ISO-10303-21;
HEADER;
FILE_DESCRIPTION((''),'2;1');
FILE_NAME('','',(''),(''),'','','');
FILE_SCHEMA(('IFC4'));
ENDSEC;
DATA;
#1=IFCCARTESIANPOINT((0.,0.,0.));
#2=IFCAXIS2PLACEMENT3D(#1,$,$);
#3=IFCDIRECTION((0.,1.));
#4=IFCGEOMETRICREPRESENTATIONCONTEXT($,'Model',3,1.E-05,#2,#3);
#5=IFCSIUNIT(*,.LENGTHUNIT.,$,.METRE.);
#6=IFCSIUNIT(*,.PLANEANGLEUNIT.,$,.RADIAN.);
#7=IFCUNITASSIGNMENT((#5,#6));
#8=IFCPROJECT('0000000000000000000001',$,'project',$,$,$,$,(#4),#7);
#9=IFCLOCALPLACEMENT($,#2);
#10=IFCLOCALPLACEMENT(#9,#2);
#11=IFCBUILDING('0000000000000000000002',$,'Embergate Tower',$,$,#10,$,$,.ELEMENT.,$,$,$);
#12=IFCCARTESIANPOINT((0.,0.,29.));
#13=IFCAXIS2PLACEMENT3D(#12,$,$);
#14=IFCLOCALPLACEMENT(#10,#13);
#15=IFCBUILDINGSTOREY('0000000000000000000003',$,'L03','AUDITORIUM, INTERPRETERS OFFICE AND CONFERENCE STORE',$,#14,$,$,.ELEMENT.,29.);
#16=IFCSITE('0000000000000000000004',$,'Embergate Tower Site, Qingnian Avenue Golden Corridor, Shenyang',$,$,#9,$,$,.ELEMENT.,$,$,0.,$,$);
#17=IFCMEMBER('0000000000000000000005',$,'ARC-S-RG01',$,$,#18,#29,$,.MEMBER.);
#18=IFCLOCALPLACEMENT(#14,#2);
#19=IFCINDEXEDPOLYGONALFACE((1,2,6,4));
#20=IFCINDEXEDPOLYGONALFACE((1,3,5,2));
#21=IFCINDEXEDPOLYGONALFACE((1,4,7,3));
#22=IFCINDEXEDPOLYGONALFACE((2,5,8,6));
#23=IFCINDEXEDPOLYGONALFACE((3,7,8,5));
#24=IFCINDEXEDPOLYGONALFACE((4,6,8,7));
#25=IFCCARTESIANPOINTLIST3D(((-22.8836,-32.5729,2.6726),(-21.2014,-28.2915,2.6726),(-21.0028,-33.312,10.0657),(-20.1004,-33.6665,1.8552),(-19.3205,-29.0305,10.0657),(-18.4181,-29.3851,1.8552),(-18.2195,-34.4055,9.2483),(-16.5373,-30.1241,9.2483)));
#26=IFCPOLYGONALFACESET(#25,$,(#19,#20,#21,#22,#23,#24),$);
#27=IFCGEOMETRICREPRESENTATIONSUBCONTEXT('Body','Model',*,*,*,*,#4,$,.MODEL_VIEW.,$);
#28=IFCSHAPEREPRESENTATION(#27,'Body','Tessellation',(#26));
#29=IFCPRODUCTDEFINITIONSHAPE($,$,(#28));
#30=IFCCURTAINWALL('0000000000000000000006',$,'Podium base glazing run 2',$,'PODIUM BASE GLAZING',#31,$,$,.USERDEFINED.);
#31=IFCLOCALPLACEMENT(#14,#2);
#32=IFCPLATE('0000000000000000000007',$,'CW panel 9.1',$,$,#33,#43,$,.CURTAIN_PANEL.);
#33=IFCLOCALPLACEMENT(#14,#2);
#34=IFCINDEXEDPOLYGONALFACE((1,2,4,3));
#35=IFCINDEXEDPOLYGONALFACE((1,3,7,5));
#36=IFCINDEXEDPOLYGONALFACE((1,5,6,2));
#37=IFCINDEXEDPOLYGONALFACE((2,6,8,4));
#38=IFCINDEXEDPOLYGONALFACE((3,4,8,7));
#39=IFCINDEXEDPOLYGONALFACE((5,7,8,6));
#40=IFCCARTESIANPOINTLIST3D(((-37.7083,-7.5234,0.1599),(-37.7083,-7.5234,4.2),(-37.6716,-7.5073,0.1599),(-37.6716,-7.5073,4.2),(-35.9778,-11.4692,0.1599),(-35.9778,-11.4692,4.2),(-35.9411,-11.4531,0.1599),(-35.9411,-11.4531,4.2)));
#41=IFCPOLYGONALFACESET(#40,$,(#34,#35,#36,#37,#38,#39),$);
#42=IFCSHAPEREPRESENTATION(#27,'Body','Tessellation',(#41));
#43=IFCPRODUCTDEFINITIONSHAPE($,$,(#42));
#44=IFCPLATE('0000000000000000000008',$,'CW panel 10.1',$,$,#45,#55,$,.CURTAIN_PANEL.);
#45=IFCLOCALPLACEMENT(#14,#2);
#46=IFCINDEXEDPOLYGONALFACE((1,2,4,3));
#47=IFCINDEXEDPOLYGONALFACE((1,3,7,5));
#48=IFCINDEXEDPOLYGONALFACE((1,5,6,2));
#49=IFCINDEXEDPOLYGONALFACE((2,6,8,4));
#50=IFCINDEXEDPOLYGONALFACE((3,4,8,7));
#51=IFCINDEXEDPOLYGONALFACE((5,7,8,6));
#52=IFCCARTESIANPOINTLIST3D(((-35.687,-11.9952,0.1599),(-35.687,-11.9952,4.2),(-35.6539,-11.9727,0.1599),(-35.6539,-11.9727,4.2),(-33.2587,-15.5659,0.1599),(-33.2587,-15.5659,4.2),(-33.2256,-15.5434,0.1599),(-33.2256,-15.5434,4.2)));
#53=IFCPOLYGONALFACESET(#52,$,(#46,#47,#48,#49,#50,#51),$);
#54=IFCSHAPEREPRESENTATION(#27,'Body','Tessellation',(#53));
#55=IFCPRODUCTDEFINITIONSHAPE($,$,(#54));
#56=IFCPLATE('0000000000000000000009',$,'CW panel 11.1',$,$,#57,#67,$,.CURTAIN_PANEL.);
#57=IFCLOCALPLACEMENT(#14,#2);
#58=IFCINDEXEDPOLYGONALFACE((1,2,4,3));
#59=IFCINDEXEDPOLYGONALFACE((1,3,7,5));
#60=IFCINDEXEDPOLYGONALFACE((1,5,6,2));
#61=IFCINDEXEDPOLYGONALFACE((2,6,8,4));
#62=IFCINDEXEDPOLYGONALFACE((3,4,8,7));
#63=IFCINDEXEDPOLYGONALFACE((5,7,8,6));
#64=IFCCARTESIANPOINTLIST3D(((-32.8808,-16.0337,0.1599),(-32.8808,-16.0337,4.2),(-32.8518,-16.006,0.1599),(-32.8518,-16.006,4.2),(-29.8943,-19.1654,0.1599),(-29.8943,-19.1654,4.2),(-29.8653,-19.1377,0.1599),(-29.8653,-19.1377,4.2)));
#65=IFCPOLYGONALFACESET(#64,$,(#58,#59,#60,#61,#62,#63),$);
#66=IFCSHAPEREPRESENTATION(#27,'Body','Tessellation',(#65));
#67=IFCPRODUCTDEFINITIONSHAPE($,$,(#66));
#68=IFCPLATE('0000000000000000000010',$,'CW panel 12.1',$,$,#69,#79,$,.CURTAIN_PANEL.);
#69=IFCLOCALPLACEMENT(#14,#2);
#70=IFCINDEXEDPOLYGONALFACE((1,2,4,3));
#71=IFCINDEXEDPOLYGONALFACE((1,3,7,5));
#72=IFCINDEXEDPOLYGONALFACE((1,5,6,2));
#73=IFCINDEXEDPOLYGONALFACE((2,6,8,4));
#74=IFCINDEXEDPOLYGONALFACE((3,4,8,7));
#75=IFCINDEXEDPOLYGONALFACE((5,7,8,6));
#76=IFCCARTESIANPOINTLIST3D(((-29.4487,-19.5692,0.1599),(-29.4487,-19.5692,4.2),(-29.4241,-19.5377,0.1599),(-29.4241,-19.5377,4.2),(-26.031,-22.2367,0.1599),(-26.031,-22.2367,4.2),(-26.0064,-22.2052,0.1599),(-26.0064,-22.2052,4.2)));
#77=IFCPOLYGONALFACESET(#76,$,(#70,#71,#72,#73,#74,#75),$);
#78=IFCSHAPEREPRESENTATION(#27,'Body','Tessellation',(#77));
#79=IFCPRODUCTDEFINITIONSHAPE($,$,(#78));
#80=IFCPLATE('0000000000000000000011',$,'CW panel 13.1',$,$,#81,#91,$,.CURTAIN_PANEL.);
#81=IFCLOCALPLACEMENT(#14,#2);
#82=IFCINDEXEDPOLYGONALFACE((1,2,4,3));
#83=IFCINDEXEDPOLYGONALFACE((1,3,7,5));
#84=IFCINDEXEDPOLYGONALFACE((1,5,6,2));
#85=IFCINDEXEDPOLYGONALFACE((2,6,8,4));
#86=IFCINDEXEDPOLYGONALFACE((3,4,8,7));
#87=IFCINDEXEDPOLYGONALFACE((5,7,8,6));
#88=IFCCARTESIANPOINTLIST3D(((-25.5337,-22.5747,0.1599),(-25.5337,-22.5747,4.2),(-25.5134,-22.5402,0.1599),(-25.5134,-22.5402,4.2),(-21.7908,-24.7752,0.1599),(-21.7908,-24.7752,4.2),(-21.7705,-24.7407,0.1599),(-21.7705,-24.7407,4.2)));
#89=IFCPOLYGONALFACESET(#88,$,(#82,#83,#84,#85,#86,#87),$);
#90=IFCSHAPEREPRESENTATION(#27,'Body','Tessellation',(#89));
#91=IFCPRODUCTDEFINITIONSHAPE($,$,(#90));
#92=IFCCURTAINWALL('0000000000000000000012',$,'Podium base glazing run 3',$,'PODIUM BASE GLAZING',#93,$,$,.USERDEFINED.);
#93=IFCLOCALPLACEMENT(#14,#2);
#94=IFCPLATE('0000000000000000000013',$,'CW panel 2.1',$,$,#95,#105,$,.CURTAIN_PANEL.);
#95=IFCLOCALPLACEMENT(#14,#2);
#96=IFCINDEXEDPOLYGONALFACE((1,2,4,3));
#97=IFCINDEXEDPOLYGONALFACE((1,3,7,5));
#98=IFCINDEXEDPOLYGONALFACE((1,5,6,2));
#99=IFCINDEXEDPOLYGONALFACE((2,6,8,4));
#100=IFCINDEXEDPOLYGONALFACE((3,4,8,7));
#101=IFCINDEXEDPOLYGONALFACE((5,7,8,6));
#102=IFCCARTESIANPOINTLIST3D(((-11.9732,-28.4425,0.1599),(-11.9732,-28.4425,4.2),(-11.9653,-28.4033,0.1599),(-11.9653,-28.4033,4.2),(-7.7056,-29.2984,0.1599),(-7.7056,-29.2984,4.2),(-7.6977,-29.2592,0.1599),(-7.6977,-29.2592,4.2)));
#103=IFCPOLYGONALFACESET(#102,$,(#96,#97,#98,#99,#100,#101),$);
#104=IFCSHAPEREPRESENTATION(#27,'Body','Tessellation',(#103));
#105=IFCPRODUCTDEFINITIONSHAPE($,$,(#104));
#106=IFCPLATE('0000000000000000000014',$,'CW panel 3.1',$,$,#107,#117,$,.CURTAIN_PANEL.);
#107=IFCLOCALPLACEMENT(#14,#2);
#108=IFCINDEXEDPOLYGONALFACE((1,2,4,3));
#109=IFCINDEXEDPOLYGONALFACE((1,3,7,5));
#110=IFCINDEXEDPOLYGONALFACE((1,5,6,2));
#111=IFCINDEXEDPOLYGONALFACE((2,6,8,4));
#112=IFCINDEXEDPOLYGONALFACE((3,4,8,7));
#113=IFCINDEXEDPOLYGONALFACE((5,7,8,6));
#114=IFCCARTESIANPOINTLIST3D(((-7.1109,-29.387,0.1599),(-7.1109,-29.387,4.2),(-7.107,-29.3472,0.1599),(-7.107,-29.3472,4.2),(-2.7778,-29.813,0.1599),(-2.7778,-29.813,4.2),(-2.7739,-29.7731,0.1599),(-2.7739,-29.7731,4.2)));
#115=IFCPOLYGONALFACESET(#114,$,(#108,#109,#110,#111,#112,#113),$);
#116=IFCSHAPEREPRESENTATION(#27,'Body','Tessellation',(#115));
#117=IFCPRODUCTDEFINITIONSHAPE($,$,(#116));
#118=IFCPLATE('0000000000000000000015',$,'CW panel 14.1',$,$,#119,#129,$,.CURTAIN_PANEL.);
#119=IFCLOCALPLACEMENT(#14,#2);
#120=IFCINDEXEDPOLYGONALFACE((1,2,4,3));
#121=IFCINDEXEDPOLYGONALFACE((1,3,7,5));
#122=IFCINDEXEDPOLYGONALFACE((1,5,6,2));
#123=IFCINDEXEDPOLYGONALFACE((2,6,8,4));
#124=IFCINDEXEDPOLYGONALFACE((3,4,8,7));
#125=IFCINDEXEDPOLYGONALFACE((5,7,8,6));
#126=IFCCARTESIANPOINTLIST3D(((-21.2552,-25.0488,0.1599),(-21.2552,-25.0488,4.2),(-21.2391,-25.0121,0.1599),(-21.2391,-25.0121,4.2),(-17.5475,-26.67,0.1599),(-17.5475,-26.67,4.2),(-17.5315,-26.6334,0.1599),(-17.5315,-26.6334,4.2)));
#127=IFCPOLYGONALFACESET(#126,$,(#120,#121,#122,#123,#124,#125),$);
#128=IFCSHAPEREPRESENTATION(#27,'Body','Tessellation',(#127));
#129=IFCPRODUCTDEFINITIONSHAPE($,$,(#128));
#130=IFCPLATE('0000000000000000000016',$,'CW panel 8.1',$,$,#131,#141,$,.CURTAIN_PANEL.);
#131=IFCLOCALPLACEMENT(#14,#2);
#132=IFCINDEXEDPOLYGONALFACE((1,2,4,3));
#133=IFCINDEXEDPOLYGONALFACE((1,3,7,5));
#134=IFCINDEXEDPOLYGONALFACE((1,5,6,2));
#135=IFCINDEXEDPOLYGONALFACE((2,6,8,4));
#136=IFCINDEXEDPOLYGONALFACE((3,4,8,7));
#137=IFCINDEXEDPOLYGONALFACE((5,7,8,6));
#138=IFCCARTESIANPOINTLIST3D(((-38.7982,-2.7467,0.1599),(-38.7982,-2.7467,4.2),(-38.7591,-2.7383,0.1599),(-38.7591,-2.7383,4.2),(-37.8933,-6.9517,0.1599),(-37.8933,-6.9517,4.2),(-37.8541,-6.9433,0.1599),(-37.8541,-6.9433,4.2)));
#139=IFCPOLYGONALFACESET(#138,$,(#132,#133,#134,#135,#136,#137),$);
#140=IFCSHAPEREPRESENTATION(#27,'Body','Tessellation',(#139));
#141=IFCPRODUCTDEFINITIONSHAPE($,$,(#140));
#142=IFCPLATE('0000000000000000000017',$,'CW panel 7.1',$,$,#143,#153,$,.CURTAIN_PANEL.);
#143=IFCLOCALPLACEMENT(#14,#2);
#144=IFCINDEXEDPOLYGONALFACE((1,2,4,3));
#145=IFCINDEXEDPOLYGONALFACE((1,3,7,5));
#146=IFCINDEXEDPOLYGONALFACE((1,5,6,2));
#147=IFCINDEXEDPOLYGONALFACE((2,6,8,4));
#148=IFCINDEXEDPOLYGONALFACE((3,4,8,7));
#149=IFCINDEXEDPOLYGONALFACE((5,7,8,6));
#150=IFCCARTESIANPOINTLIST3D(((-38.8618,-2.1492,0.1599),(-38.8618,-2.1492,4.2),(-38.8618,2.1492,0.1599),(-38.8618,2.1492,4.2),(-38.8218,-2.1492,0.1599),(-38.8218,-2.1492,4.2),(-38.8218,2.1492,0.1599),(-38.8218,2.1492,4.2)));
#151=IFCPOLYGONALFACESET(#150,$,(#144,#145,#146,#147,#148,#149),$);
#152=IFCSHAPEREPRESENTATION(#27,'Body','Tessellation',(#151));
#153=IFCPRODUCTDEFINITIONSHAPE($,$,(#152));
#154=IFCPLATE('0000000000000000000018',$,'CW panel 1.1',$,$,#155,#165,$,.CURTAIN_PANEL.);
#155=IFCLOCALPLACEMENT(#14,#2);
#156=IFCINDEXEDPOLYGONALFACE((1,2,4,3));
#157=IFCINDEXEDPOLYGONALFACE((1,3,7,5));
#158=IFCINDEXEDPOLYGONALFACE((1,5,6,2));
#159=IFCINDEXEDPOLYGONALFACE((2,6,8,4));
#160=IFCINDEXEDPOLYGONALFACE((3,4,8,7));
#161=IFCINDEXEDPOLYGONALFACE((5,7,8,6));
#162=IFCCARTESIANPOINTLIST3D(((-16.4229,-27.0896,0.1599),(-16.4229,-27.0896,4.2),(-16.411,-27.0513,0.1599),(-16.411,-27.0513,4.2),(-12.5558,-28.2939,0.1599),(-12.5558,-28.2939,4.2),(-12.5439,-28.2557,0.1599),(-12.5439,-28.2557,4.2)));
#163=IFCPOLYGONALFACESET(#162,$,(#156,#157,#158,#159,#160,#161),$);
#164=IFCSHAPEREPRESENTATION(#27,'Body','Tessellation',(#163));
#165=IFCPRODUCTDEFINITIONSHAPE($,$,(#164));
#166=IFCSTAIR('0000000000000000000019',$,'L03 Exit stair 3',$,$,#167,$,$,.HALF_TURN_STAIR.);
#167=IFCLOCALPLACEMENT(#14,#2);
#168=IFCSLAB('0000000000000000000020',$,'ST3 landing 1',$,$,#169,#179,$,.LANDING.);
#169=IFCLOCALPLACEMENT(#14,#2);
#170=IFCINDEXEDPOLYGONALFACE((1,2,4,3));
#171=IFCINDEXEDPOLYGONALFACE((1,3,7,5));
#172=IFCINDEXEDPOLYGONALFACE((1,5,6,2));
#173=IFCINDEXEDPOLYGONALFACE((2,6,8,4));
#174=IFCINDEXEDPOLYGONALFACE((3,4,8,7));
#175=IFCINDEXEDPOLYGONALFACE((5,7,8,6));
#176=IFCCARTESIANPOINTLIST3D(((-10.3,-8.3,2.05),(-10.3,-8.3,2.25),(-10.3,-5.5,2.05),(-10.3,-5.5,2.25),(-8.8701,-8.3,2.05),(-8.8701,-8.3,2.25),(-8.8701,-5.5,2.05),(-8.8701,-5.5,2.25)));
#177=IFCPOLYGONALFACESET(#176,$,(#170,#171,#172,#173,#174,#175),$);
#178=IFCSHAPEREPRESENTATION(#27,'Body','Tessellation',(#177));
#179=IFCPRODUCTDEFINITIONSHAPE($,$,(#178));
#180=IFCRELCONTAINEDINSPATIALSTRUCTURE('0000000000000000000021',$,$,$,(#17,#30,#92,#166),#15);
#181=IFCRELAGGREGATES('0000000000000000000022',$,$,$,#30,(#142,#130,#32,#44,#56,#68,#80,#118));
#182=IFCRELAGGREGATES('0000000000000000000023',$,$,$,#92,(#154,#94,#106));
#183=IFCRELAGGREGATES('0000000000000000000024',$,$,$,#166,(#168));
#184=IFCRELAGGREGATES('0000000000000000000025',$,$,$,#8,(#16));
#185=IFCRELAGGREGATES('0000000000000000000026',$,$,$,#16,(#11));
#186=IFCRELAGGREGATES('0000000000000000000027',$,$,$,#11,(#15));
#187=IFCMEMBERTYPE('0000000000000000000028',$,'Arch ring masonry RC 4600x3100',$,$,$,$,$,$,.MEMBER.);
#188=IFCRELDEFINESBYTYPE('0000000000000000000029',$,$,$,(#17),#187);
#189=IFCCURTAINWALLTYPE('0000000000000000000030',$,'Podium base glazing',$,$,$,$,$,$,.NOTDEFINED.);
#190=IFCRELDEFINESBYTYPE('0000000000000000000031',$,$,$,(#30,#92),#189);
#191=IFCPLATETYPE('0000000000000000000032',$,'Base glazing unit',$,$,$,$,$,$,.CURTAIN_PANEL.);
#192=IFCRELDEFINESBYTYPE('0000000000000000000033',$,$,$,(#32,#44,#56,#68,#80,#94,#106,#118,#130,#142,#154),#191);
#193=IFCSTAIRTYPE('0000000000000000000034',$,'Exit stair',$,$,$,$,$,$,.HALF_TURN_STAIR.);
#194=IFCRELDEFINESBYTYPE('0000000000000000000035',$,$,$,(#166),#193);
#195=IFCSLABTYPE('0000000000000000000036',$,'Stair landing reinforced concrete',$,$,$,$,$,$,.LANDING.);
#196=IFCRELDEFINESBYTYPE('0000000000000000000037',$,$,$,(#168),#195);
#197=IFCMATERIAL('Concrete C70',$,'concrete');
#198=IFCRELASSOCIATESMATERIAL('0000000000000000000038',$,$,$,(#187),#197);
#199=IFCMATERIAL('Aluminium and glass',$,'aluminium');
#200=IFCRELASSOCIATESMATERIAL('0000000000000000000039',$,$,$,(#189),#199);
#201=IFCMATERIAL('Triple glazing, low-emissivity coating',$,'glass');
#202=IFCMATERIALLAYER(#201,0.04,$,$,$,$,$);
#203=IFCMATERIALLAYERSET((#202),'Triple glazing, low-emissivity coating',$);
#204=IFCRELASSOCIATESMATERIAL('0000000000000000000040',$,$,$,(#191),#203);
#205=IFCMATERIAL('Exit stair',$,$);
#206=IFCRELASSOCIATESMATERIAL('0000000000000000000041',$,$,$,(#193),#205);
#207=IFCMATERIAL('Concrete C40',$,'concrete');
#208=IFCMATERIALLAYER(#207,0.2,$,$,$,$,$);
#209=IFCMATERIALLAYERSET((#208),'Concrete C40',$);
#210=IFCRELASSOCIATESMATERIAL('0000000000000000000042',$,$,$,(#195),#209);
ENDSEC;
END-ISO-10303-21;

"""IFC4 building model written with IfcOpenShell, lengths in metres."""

from ifc_helpers import new_model, si_unit, direction, frame, origin, origin_2d, place, context, subcontext, project, spatial, polyline, rectangle, outline, extrude, source, transform, mapped, material, layer, layer_set, material_profile, profile_set, type_object, element, aggregate, save


model = new_model("IFC4")

# Units and contexts
model_context = context("Model", 3, precision=1e-05, world=origin(), true_north=direction((0.0, 1.0)))
body_context = subcontext(model_context, "Body", "Model", "MODEL_VIEW")
ifc_project = project(units=[si_unit("LENGTHUNIT", "METRE"), si_unit("PLANEANGLEUNIT", "RADIAN")], contexts=[model_context])

# Site, building, storey
site_placement = place(None, origin())
site = spatial("IfcSite", under=ifc_project, at=site_placement, Name="Embergate Tower Site, Qingnian Avenue Golden Corridor, Shenyang", CompositionType="ELEMENT", RefElevation=0.0)
building_placement = place(site_placement, origin())
building = spatial("IfcBuilding", under=site, at=building_placement, Name="Embergate Tower", CompositionType="ELEMENT")
storey_placement = place(building_placement, frame((0.0, 0.0, 29.0)))
storey = spatial("IfcBuildingStorey", under=building, at=storey_placement, Name="L03", Description="AUDITORIUM, INTERPRETERS OFFICE AND CONFERENCE STORE", CompositionType="ELEMENT", Elevation=29.0)

# Member
ifc_material_1 = material(Name="Concrete C70", Category="concrete")
ifc_material_profile = material_profile(ifc_material_1, rectangle(XDim=4.6001, YDim=3.1001, at=origin_2d()), Name="RC 4600x3100")
ifc_profile_set = profile_set([ifc_material_profile], Name="Concrete C70")
member_type = type_object("IfcMemberType", Name="Arch ring masonry RC 4600x3100", PredefinedType="MEMBER", material=ifc_profile_set)
shared_shape_1 = source(origin(), body_context, "Body", "SweptSolid", [
    extrude(rectangle(XDim=4.6001, YDim=3.1001, at=origin_2d()), origin(), (0.0, 0.0, 1.0), 7.6643),
])
member_placement = place(storey_placement, frame((-20.6509, -30.979, 2.2639), z_axis=(0.245406, -0.096423, 0.964613), x_axis=(0.365697, 0.930734, 0.0)))
element("IfcMember", 1, at=member_placement, inside=storey, type_object=member_type, Name="ARC-S-RG01", PredefinedType="MEMBER", context=body_context, shape_type="MappedRepresentation", body=[
    mapped(shared_shape_1, transform((0.0, 0.0, 0.0))),
])

# Curtain walls, plates
ifc_material_2 = material(Name="Aluminium and glass", Category="aluminium")
curtain_wall_type = type_object("IfcCurtainWallType", Name="Podium base glazing", PredefinedType="NOTDEFINED", material=ifc_material_2)
curtain_wall_1_placement = place(storey_placement, origin())
curtain_wall_1 = element("IfcCurtainWall", 2, at=curtain_wall_1_placement, inside=storey, type_object=curtain_wall_type, Name="Podium base glazing run 2", ObjectType="PODIUM BASE GLAZING", PredefinedType="USERDEFINED")
ifc_material_3 = material(Name="Triple glazing, low-emissivity coating", Category="glass")
ifc_layer_1 = layer(ifc_material_3, 0.04)
ifc_layer_set_1 = layer_set([ifc_layer_1], Name="Triple glazing, low-emissivity coating")
plate_type = type_object("IfcPlateType", Name="Base glazing unit", PredefinedType="CURTAIN_PANEL", material=ifc_layer_set_1)
shared_shape_2 = source(origin(), body_context, "Body", "SweptSolid", [
    extrude(rectangle(XDim=4.3086, YDim=0.04, at=origin_2d()), origin(), (0.0, 0.0, 1.0), 4.04),
])
plate_1_placement = place(storey_placement, frame((-36.8247, -9.4883, 0.1599), z_axis=(0.0, 0.0, 1.0), x_axis=(0.401644, -0.915796, 0.0)))
plate_1 = element("IfcPlate", 3, at=plate_1_placement, type_object=plate_type, Name="CW panel 9.1", PredefinedType="CURTAIN_PANEL", context=body_context, shape_type="MappedRepresentation", body=[
    mapped(shared_shape_2, transform((0.0, 0.0, 0.0))),
])
shared_shape_3 = source(origin(), body_context, "Body", "SweptSolid", [
    extrude(rectangle(XDim=4.3181, YDim=0.04, at=origin_2d()), origin(), (0.0, 0.0, 1.0), 4.04),
])
plate_2_placement = place(storey_placement, frame((-34.4563, -13.7693, 0.1599), z_axis=(0.0, 0.0, 1.0), x_axis=(0.562333, -0.826911, 0.0)))
plate_2 = element("IfcPlate", 4, at=plate_2_placement, type_object=plate_type, Name="CW panel 10.1", PredefinedType="CURTAIN_PANEL", context=body_context, shape_type="MappedRepresentation", body=[
    mapped(shared_shape_3, transform((0.0, 0.0, 0.0))),
])
shared_shape_4 = source(origin(), body_context, "Body", "SweptSolid", [
    extrude(rectangle(XDim=4.3274, YDim=0.04, at=origin_2d()), origin(), (0.0, 0.0, 1.0), 4.04),
])
plate_3_placement = place(storey_placement, frame((-31.373, -17.5857, 0.1599), z_axis=(0.0, 0.0, 1.0), x_axis=(0.690125, -0.72369, 0.0)))
plate_3 = element("IfcPlate", 5, at=plate_3_placement, type_object=plate_type, Name="CW panel 11.1", PredefinedType="CURTAIN_PANEL", context=body_context, shape_type="MappedRepresentation", body=[
    mapped(shared_shape_4, transform((0.0, 0.0, 0.0))),
])
shared_shape_5 = source(origin(), body_context, "Body", "SweptSolid", [
    extrude(rectangle(XDim=4.3354, YDim=0.04, at=origin_2d()), origin(), (0.0, 0.0, 1.0), 4.04),
])
plate_4_placement = place(storey_placement, frame((-27.7275, -20.8872, 0.1599), z_axis=(0.0, 0.0, 1.0), x_axis=(0.788313, -0.615275, 0.0)))
plate_4 = element("IfcPlate", 6, at=plate_4_placement, type_object=plate_type, Name="CW panel 12.1", PredefinedType="CURTAIN_PANEL", context=body_context, shape_type="MappedRepresentation", body=[
    mapped(shared_shape_5, transform((0.0, 0.0, 0.0))),
])
shared_shape_6 = source(origin(), body_context, "Body", "SweptSolid", [
    extrude(rectangle(XDim=4.3418, YDim=0.04, at=origin_2d()), origin(), (0.0, 0.0, 1.0), 4.04),
])
plate_5_placement = place(storey_placement, frame((-23.6521, -23.6577, 0.1599), z_axis=(0.0, 0.0, 1.0), x_axis=(0.862047, -0.506828, 0.0)))
plate_5 = element("IfcPlate", 7, at=plate_5_placement, type_object=plate_type, Name="CW panel 13.1", PredefinedType="CURTAIN_PANEL", context=body_context, shape_type="MappedRepresentation", body=[
    mapped(shared_shape_6, transform((0.0, 0.0, 0.0))),
])
curtain_wall_2_placement = place(storey_placement, origin())
curtain_wall_2 = element("IfcCurtainWall", 8, at=curtain_wall_2_placement, inside=storey, type_object=curtain_wall_type, Name="Podium base glazing run 3", ObjectType="PODIUM BASE GLAZING", PredefinedType="USERDEFINED")
shared_shape_7 = source(origin(), body_context, "Body", "SweptSolid", [
    extrude(rectangle(XDim=4.3525, YDim=0.04, at=origin_2d()), origin(), (0.0, 0.0, 1.0), 4.04),
])
plate_6_placement = place(storey_placement, frame((-9.8354, -28.8508, 0.1599), z_axis=(0.0, 0.0, 1.0), x_axis=(0.980475, -0.196644, 0.0)))
plate_6 = element("IfcPlate", 9, at=plate_6_placement, type_object=plate_type, Name="CW panel 2.1", PredefinedType="CURTAIN_PANEL", context=body_context, shape_type="MappedRepresentation", body=[
    mapped(shared_shape_7, transform((0.0, 0.0, 0.0))),
])
shared_shape_8 = source(origin(), body_context, "Body", "SweptSolid", [
    extrude(rectangle(XDim=4.354, YDim=0.04, at=origin_2d()), origin(), (0.0, 0.0, 1.0), 4.04),
])
plate_7_placement = place(storey_placement, frame((-4.9424, -29.5801, 0.1599), z_axis=(0.0, 0.0, 1.0), x_axis=(0.995203, -0.097831, 0.0)))
plate_7 = element("IfcPlate", 10, at=plate_7_placement, type_object=plate_type, Name="CW panel 3.1", PredefinedType="CURTAIN_PANEL", context=body_context, shape_type="MappedRepresentation", body=[
    mapped(shared_shape_8, transform((0.0, 0.0, 0.0))),
])

# Plates
shared_shape_9 = source(origin(), body_context, "Body", "SweptSolid", [
    extrude(rectangle(XDim=4.0466, YDim=0.04, at=origin_2d()), origin(), (0.0, 0.0, 1.0), 4.04),
])
plate_8_placement = place(storey_placement, frame((-19.3933, -25.8411, 0.1599), z_axis=(0.0, 0.0, 1.0), x_axis=(0.916232, -0.400648, 0.0)))
plate_8 = element("IfcPlate", 11, at=plate_8_placement, type_object=plate_type, Name="CW panel 14.1", PredefinedType="CURTAIN_PANEL", context=body_context, shape_type="MappedRepresentation", body=[
    mapped(shared_shape_9, transform((0.0, 0.0, 0.0))),
])
shared_shape_10 = source(origin(), body_context, "Body", "SweptSolid", [
    extrude(rectangle(XDim=4.3013, YDim=0.04, at=origin_2d()), origin(), (0.0, 0.0, 1.0), 4.04),
])
plate_9_placement = place(storey_placement, frame((-38.3262, -4.845, 0.1599), z_axis=(0.0, 0.0, 1.0), x_axis=(0.210393, -0.977617, 0.0)))
plate_9 = element("IfcPlate", 12, at=plate_9_placement, type_object=plate_type, Name="CW panel 8.1", PredefinedType="CURTAIN_PANEL", context=body_context, shape_type="MappedRepresentation", body=[
    mapped(shared_shape_10, transform((0.0, 0.0, 0.0))),
])
shared_shape_11 = source(origin(), body_context, "Body", "SweptSolid", [
    extrude(rectangle(XDim=4.2983, YDim=0.04, at=origin_2d()), origin(), (0.0, 0.0, 1.0), 4.04),
])
plate_10_placement = place(storey_placement, frame((-38.8418, 0.0, 0.1599), z_axis=(0.0, 0.0, 1.0), x_axis=(0.0, -1.0, 0.0)))
plate_10 = element("IfcPlate", 13, at=plate_10_placement, type_object=plate_type, Name="CW panel 7.1", PredefinedType="CURTAIN_PANEL", context=body_context, shape_type="MappedRepresentation", body=[
    mapped(shared_shape_11, transform((0.0, 0.0, 0.0))),
])
aggregate(curtain_wall_1, [plate_10, plate_9, plate_1, plate_2, plate_3, plate_4, plate_5, plate_8])
shared_shape_12 = source(origin(), body_context, "Body", "SweptSolid", [
    extrude(rectangle(XDim=4.0503, YDim=0.04, at=origin_2d()), origin(), (0.0, 0.0, 1.0), 4.04),
])
plate_11_placement = place(storey_placement, frame((-14.4834, -27.6726, 0.1599), z_axis=(0.0, 0.0, 1.0), x_axis=(0.95477, -0.297347, 0.0)))
plate_11 = element("IfcPlate", 14, at=plate_11_placement, type_object=plate_type, Name="CW panel 1.1", PredefinedType="CURTAIN_PANEL", context=body_context, shape_type="MappedRepresentation", body=[
    mapped(shared_shape_12, transform((0.0, 0.0, 0.0))),
])
aggregate(curtain_wall_2, [plate_11, plate_6, plate_7])

# Stair, slab
ifc_material_4 = material(Name="Exit stair")
stair_type_1 = type_object("IfcStairType", Name="Exit stair", PredefinedType="HALF_TURN_STAIR", material=ifc_material_4)
stair_1_placement = place(storey_placement, origin())
stair_1 = element("IfcStair", 15, at=stair_1_placement, inside=storey, type_object=stair_type_1, Name="L03 Exit stair 3", PredefinedType="HALF_TURN_STAIR")
ifc_material_5 = material(Name="Concrete C40", Category="concrete")
ifc_layer_2 = layer(ifc_material_5, 0.2)
ifc_layer_set_2 = layer_set([ifc_layer_2], Name="Concrete C40")
slab_type_1 = type_object("IfcSlabType", Name="Stair landing reinforced concrete", PredefinedType="LANDING", material=ifc_layer_set_2)
shared_shape_13 = source(origin(), body_context, "Body", "SweptSolid", [
    extrude(outline(polyline([(0.0, 0.0), (1.4299, 0.0), (1.4299, 2.8), (0.0, 2.8), (0.0, 0.0)])), origin(), (0.0, 0.0, 1.0), 0.2),
])
slab_1_placement = place(storey_placement, frame((-10.3, -8.3, 2.05)))
slab_1 = element("IfcSlab", 16, at=slab_1_placement, type_object=slab_type_1, Name="ST3 landing 1", PredefinedType="LANDING", context=body_context, shape_type="MappedRepresentation", body=[
    mapped(shared_shape_13, transform((0.0, 0.0, 0.0))),
])

aggregate(stair_1, [slab_1])

save(model, "model.ifc")
